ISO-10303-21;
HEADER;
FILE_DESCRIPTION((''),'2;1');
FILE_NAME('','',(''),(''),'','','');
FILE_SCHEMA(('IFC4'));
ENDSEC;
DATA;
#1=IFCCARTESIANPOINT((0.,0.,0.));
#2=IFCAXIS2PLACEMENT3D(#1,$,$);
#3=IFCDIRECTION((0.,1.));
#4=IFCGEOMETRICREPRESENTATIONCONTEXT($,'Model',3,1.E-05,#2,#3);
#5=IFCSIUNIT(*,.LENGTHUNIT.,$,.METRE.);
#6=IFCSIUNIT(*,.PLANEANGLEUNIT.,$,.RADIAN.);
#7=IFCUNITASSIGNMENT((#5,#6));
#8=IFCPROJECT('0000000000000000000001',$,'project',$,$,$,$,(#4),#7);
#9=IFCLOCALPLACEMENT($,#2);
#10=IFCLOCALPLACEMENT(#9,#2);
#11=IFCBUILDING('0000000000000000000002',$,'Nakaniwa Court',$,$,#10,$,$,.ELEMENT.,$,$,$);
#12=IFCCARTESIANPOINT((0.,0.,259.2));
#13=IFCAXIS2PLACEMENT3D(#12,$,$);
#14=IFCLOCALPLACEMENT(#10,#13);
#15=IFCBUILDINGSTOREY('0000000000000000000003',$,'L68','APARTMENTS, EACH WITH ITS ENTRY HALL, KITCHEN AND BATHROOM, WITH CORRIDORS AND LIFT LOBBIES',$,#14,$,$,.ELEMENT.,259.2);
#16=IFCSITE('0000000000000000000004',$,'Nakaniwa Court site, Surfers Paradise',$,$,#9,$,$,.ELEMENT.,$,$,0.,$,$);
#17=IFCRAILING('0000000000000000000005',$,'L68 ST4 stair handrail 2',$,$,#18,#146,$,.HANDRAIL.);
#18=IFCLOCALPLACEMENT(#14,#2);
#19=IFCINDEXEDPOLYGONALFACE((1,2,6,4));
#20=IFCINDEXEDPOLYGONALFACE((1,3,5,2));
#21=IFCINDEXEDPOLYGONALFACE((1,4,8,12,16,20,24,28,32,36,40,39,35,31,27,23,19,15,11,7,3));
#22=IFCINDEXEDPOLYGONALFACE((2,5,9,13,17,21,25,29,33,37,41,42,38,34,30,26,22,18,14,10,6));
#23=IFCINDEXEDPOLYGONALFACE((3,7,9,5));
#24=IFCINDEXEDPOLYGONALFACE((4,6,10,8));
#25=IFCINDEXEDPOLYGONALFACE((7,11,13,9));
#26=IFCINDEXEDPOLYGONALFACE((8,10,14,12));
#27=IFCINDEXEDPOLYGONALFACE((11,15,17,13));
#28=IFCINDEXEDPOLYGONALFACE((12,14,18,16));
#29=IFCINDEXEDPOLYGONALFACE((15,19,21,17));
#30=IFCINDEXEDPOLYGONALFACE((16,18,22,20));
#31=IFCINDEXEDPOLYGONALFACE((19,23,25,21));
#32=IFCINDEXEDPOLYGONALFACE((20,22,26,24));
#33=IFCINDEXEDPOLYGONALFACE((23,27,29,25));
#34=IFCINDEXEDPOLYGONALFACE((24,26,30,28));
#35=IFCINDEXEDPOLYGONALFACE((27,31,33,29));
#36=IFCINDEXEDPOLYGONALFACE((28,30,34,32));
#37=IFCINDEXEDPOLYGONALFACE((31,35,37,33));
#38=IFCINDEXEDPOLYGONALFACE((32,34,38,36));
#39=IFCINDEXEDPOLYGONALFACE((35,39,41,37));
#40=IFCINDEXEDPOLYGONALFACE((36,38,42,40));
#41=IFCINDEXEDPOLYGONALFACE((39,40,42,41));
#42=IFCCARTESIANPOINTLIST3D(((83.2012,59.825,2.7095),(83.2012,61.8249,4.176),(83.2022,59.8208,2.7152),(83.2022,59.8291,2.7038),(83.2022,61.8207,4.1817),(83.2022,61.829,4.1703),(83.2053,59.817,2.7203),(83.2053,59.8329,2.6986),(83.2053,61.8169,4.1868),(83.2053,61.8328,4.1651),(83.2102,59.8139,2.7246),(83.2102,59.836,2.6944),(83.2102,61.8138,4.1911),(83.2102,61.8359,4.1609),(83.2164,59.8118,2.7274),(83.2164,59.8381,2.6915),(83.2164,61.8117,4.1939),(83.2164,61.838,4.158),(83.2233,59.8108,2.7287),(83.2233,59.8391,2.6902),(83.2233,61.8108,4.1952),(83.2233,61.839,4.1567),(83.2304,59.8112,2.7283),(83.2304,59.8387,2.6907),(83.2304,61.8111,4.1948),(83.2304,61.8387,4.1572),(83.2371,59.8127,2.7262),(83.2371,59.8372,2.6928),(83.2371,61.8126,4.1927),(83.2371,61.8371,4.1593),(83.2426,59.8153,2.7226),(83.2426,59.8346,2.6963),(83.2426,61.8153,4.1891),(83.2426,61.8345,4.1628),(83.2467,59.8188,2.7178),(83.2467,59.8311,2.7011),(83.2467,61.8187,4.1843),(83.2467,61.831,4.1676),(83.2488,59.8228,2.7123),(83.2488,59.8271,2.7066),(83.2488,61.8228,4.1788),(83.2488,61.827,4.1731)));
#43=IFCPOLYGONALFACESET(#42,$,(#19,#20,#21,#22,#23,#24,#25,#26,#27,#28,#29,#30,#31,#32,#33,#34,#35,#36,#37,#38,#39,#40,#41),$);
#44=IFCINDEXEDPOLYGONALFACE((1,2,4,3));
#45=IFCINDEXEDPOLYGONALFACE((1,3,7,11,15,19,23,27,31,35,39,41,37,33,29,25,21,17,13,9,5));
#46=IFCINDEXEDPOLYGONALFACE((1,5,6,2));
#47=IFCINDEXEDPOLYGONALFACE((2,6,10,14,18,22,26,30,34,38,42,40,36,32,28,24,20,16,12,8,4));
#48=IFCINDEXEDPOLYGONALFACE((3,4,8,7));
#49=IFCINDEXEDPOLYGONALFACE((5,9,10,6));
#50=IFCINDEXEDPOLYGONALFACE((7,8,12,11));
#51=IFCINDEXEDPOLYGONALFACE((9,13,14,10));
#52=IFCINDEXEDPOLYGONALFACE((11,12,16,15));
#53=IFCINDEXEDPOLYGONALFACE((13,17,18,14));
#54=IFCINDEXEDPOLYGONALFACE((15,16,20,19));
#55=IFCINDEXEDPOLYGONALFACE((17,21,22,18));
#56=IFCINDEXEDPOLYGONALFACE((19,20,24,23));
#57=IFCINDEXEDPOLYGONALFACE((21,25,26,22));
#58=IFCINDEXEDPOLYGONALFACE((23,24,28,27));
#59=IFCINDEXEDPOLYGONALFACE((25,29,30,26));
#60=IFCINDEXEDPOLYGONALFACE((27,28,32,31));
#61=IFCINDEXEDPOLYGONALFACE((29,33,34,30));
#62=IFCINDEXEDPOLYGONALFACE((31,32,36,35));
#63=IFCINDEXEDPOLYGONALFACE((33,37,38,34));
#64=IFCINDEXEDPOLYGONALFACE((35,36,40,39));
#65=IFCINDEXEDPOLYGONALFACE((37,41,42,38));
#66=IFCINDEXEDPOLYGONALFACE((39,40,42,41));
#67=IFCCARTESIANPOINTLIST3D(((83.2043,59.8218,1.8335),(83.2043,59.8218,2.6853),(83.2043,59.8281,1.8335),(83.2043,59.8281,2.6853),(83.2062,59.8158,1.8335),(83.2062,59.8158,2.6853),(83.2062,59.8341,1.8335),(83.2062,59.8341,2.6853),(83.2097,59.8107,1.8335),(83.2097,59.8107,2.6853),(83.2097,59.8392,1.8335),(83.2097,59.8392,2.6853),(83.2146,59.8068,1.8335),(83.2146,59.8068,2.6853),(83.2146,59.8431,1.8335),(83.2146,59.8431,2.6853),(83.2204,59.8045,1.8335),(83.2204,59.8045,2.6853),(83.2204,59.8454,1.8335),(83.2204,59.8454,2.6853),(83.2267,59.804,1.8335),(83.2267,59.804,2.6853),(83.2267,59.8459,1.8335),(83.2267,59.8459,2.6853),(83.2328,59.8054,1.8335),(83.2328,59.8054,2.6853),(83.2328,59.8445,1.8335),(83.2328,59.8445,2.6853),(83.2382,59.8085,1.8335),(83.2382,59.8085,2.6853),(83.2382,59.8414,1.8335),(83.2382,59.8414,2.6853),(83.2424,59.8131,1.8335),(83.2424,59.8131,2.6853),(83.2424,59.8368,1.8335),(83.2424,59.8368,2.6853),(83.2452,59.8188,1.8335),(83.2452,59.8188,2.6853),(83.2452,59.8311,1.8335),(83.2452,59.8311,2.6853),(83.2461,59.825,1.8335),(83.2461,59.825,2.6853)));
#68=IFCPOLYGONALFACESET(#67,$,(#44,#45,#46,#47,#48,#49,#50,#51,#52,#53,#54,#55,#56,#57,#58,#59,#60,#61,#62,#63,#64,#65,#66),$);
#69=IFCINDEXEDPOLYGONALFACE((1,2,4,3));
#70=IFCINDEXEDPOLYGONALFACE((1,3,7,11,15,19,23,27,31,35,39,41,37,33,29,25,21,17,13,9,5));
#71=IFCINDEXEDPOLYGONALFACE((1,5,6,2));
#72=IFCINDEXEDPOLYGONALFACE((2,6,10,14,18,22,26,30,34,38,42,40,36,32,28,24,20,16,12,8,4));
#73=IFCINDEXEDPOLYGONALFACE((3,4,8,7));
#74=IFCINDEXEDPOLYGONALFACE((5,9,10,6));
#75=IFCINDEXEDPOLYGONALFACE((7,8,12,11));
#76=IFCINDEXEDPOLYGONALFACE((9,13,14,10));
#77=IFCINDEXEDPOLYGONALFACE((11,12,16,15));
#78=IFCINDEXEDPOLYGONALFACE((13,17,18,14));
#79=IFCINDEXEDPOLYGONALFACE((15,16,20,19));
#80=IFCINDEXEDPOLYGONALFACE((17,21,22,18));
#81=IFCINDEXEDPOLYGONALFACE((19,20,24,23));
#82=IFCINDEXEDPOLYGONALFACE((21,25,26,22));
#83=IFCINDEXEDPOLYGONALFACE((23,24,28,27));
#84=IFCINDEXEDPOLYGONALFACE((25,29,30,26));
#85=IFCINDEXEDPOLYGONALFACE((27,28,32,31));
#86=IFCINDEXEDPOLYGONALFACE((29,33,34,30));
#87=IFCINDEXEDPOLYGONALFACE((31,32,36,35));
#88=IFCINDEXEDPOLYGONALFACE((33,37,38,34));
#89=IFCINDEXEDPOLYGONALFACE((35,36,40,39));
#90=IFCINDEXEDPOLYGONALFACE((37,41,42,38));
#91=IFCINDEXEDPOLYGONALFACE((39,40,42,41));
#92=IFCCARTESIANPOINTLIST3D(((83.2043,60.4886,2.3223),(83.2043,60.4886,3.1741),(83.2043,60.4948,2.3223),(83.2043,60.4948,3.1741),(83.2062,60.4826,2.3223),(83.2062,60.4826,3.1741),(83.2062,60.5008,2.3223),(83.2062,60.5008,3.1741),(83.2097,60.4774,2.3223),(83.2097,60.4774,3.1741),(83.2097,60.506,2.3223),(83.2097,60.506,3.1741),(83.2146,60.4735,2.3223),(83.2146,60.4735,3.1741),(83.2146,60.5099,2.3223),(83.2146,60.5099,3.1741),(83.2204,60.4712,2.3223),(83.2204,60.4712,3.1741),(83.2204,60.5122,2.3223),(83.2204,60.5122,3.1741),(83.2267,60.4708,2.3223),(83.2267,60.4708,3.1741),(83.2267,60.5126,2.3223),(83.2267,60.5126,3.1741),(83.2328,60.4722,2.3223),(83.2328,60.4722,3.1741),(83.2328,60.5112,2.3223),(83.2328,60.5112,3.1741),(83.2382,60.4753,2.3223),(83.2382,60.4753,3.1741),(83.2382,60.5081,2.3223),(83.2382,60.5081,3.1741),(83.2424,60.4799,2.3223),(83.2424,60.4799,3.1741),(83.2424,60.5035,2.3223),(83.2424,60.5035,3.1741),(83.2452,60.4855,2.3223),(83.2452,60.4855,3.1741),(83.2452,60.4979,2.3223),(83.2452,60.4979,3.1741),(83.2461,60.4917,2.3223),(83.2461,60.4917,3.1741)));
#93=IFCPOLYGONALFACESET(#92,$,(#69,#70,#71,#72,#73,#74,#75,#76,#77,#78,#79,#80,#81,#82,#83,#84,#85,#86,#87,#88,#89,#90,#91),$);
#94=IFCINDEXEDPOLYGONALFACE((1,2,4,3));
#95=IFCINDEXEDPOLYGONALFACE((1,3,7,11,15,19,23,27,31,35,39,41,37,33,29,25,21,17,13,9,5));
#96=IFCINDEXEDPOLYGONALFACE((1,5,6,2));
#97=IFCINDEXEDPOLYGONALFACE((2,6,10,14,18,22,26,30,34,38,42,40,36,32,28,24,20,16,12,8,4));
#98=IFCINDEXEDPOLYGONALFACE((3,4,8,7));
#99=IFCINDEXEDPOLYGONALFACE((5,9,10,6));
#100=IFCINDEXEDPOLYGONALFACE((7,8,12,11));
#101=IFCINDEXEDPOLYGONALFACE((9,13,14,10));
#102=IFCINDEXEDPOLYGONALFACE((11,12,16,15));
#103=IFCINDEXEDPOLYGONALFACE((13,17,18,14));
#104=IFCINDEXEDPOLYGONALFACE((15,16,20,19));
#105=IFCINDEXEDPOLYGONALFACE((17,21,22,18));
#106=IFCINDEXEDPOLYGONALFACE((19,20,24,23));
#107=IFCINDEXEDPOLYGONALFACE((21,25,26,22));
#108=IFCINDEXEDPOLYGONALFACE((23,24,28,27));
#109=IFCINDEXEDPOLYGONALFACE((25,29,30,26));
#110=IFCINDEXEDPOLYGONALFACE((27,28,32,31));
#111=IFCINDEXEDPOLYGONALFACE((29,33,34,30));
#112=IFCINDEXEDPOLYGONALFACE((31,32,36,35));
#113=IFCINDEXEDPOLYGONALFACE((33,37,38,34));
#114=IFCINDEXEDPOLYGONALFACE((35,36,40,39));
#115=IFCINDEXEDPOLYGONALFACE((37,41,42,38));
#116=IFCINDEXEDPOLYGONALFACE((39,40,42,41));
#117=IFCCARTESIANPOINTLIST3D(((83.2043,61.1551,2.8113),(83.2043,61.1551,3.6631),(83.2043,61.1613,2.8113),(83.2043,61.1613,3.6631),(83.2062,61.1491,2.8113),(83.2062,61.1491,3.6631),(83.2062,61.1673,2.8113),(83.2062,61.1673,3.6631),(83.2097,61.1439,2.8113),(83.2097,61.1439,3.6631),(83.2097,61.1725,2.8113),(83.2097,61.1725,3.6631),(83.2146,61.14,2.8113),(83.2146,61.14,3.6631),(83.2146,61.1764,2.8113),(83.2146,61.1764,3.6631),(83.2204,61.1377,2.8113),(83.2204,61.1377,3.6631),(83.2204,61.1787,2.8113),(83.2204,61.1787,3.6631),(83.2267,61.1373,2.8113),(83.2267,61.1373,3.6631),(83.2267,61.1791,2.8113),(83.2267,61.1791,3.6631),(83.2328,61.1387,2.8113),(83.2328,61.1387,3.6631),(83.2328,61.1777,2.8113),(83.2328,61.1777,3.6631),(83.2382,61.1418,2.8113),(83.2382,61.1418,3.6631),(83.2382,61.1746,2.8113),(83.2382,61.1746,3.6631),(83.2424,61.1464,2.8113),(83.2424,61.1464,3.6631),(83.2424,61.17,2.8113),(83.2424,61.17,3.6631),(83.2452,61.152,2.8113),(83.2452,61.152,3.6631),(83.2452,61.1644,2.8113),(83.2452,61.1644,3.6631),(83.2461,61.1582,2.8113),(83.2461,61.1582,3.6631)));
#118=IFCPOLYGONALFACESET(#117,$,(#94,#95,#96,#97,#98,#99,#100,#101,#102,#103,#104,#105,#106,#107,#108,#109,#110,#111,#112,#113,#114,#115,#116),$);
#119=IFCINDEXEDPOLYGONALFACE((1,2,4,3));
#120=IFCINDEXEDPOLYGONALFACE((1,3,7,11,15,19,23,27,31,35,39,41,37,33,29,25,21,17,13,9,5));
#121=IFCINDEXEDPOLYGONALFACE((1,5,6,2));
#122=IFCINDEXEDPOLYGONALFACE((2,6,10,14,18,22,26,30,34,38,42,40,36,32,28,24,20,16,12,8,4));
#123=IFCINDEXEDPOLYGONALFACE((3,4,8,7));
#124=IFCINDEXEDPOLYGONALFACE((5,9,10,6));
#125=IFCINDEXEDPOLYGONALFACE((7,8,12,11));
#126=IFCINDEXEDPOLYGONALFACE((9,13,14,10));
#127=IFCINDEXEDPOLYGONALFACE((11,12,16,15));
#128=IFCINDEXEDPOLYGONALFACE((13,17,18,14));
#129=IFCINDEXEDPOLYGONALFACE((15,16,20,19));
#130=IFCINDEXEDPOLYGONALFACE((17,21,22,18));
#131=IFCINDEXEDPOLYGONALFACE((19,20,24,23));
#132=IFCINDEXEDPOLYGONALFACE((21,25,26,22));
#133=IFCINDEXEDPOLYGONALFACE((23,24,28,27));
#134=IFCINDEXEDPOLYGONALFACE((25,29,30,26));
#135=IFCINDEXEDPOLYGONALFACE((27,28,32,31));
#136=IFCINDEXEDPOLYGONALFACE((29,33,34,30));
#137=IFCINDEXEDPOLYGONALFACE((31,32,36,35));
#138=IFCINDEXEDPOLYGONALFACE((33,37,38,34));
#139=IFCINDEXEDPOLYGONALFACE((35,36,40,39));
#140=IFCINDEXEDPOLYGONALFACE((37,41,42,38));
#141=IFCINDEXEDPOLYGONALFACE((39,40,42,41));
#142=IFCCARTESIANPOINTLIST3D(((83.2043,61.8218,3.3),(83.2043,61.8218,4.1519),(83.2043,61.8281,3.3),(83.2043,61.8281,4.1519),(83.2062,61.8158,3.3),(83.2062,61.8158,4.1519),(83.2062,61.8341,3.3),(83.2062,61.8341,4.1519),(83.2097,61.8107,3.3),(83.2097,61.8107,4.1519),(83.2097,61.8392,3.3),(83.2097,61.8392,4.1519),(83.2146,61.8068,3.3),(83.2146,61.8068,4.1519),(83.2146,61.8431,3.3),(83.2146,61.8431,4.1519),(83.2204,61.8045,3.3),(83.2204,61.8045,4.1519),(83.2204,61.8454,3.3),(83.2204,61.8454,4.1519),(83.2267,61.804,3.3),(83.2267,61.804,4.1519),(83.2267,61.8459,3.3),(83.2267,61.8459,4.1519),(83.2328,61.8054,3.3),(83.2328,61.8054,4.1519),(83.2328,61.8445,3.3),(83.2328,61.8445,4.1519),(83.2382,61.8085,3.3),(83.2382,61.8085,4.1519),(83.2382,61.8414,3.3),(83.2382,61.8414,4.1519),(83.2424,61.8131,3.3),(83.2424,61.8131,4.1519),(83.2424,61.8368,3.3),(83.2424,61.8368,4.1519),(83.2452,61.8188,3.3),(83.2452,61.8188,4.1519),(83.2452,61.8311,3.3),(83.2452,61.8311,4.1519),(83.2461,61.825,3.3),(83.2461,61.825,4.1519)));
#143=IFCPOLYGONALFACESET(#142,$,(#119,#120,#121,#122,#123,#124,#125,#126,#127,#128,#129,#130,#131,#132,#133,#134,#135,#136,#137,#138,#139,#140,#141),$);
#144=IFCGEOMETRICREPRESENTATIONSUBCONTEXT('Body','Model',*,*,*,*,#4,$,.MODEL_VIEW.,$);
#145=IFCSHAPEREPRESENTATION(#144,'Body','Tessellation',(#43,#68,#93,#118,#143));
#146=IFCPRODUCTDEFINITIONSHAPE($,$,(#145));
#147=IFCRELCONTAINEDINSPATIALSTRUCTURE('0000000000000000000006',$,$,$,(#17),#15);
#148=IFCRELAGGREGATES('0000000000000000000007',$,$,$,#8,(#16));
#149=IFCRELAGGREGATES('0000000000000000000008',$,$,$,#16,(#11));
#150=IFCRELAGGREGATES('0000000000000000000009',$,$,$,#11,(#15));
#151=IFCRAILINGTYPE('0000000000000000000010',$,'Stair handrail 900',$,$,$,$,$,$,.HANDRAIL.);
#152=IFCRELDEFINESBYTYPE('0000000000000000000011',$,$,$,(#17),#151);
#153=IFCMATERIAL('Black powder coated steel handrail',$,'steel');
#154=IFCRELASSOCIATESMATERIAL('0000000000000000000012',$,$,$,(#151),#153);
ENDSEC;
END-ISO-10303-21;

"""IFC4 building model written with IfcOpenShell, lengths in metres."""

from ifc_helpers import new_model, si_unit, direction, frame, origin, origin_2d, place, context, subcontext, project, spatial, circle, extrude, material, type_object, element, save


model = new_model("IFC4")

# Units and contexts
model_context = context("Model", 3, precision=1e-05, world=origin(), true_north=direction((0.0, 1.0)))
body_context = subcontext(model_context, "Body", "Model", "MODEL_VIEW")
ifc_project = project(units=[si_unit("LENGTHUNIT", "METRE"), si_unit("PLANEANGLEUNIT", "RADIAN")], contexts=[model_context])

# Site, building, storey
site_placement = place(None, origin())
site = spatial("IfcSite", under=ifc_project, at=site_placement, Name="Nakaniwa Court site, Surfers Paradise", CompositionType="ELEMENT", RefElevation=0.0)
building_placement = place(site_placement, origin())
building = spatial("IfcBuilding", under=site, at=building_placement, Name="Nakaniwa Court", CompositionType="ELEMENT")
storey_placement = place(building_placement, frame((0.0, 0.0, 259.2)))
storey = spatial("IfcBuildingStorey", under=building, at=storey_placement, Name="L68", Description="APARTMENTS, EACH WITH ITS ENTRY HALL, KITCHEN AND BATHROOM, WITH CORRIDORS AND LIFT LOBBIES", CompositionType="ELEMENT", Elevation=259.2)

# Railing
ifc_material_1 = material(Name="Black powder coated steel handrail", Category="steel")
railing_type_1 = type_object("IfcRailingType", Name="Stair handrail 900", PredefinedType="HANDRAIL", material=ifc_material_1)
railing_1_placement = place(storey_placement, frame((83.2251, 59.825, 1.8335)))
element("IfcRailing", 1, at=railing_1_placement, inside=storey, type_object=railing_type_1, Name="L68 ST4 stair handrail 2", PredefinedType="HANDRAIL", context=body_context, shape_type="SweptSolid", body=[
    extrude(circle(Radius=0.0239, at=origin_2d()), frame((0.0, 0.0, 0.876), z_axis=(0.0, 0.806427, 0.591334), x_axis=(-1.0, 0.0, 0.0)), (0.0, 0.0, 1.0), 2.48),
    extrude(circle(Radius=0.021, at=origin_2d()), origin(), (0.0, 0.0, 1.0), 0.8518),
    extrude(circle(Radius=0.021, at=origin_2d()), frame((0.0, 0.6667, 0.4888)), (0.0, 0.0, 1.0), 0.8518),
    extrude(circle(Radius=0.021, at=origin_2d()), frame((0.0, 1.3333, 0.9778)), (0.0, 0.0, 1.0), 0.8518),
    extrude(circle(Radius=0.021, at=origin_2d()), frame((0.0, 2.0, 1.4666)), (0.0, 0.0, 1.0), 0.8518),
])

save(model, "model.ifc")
